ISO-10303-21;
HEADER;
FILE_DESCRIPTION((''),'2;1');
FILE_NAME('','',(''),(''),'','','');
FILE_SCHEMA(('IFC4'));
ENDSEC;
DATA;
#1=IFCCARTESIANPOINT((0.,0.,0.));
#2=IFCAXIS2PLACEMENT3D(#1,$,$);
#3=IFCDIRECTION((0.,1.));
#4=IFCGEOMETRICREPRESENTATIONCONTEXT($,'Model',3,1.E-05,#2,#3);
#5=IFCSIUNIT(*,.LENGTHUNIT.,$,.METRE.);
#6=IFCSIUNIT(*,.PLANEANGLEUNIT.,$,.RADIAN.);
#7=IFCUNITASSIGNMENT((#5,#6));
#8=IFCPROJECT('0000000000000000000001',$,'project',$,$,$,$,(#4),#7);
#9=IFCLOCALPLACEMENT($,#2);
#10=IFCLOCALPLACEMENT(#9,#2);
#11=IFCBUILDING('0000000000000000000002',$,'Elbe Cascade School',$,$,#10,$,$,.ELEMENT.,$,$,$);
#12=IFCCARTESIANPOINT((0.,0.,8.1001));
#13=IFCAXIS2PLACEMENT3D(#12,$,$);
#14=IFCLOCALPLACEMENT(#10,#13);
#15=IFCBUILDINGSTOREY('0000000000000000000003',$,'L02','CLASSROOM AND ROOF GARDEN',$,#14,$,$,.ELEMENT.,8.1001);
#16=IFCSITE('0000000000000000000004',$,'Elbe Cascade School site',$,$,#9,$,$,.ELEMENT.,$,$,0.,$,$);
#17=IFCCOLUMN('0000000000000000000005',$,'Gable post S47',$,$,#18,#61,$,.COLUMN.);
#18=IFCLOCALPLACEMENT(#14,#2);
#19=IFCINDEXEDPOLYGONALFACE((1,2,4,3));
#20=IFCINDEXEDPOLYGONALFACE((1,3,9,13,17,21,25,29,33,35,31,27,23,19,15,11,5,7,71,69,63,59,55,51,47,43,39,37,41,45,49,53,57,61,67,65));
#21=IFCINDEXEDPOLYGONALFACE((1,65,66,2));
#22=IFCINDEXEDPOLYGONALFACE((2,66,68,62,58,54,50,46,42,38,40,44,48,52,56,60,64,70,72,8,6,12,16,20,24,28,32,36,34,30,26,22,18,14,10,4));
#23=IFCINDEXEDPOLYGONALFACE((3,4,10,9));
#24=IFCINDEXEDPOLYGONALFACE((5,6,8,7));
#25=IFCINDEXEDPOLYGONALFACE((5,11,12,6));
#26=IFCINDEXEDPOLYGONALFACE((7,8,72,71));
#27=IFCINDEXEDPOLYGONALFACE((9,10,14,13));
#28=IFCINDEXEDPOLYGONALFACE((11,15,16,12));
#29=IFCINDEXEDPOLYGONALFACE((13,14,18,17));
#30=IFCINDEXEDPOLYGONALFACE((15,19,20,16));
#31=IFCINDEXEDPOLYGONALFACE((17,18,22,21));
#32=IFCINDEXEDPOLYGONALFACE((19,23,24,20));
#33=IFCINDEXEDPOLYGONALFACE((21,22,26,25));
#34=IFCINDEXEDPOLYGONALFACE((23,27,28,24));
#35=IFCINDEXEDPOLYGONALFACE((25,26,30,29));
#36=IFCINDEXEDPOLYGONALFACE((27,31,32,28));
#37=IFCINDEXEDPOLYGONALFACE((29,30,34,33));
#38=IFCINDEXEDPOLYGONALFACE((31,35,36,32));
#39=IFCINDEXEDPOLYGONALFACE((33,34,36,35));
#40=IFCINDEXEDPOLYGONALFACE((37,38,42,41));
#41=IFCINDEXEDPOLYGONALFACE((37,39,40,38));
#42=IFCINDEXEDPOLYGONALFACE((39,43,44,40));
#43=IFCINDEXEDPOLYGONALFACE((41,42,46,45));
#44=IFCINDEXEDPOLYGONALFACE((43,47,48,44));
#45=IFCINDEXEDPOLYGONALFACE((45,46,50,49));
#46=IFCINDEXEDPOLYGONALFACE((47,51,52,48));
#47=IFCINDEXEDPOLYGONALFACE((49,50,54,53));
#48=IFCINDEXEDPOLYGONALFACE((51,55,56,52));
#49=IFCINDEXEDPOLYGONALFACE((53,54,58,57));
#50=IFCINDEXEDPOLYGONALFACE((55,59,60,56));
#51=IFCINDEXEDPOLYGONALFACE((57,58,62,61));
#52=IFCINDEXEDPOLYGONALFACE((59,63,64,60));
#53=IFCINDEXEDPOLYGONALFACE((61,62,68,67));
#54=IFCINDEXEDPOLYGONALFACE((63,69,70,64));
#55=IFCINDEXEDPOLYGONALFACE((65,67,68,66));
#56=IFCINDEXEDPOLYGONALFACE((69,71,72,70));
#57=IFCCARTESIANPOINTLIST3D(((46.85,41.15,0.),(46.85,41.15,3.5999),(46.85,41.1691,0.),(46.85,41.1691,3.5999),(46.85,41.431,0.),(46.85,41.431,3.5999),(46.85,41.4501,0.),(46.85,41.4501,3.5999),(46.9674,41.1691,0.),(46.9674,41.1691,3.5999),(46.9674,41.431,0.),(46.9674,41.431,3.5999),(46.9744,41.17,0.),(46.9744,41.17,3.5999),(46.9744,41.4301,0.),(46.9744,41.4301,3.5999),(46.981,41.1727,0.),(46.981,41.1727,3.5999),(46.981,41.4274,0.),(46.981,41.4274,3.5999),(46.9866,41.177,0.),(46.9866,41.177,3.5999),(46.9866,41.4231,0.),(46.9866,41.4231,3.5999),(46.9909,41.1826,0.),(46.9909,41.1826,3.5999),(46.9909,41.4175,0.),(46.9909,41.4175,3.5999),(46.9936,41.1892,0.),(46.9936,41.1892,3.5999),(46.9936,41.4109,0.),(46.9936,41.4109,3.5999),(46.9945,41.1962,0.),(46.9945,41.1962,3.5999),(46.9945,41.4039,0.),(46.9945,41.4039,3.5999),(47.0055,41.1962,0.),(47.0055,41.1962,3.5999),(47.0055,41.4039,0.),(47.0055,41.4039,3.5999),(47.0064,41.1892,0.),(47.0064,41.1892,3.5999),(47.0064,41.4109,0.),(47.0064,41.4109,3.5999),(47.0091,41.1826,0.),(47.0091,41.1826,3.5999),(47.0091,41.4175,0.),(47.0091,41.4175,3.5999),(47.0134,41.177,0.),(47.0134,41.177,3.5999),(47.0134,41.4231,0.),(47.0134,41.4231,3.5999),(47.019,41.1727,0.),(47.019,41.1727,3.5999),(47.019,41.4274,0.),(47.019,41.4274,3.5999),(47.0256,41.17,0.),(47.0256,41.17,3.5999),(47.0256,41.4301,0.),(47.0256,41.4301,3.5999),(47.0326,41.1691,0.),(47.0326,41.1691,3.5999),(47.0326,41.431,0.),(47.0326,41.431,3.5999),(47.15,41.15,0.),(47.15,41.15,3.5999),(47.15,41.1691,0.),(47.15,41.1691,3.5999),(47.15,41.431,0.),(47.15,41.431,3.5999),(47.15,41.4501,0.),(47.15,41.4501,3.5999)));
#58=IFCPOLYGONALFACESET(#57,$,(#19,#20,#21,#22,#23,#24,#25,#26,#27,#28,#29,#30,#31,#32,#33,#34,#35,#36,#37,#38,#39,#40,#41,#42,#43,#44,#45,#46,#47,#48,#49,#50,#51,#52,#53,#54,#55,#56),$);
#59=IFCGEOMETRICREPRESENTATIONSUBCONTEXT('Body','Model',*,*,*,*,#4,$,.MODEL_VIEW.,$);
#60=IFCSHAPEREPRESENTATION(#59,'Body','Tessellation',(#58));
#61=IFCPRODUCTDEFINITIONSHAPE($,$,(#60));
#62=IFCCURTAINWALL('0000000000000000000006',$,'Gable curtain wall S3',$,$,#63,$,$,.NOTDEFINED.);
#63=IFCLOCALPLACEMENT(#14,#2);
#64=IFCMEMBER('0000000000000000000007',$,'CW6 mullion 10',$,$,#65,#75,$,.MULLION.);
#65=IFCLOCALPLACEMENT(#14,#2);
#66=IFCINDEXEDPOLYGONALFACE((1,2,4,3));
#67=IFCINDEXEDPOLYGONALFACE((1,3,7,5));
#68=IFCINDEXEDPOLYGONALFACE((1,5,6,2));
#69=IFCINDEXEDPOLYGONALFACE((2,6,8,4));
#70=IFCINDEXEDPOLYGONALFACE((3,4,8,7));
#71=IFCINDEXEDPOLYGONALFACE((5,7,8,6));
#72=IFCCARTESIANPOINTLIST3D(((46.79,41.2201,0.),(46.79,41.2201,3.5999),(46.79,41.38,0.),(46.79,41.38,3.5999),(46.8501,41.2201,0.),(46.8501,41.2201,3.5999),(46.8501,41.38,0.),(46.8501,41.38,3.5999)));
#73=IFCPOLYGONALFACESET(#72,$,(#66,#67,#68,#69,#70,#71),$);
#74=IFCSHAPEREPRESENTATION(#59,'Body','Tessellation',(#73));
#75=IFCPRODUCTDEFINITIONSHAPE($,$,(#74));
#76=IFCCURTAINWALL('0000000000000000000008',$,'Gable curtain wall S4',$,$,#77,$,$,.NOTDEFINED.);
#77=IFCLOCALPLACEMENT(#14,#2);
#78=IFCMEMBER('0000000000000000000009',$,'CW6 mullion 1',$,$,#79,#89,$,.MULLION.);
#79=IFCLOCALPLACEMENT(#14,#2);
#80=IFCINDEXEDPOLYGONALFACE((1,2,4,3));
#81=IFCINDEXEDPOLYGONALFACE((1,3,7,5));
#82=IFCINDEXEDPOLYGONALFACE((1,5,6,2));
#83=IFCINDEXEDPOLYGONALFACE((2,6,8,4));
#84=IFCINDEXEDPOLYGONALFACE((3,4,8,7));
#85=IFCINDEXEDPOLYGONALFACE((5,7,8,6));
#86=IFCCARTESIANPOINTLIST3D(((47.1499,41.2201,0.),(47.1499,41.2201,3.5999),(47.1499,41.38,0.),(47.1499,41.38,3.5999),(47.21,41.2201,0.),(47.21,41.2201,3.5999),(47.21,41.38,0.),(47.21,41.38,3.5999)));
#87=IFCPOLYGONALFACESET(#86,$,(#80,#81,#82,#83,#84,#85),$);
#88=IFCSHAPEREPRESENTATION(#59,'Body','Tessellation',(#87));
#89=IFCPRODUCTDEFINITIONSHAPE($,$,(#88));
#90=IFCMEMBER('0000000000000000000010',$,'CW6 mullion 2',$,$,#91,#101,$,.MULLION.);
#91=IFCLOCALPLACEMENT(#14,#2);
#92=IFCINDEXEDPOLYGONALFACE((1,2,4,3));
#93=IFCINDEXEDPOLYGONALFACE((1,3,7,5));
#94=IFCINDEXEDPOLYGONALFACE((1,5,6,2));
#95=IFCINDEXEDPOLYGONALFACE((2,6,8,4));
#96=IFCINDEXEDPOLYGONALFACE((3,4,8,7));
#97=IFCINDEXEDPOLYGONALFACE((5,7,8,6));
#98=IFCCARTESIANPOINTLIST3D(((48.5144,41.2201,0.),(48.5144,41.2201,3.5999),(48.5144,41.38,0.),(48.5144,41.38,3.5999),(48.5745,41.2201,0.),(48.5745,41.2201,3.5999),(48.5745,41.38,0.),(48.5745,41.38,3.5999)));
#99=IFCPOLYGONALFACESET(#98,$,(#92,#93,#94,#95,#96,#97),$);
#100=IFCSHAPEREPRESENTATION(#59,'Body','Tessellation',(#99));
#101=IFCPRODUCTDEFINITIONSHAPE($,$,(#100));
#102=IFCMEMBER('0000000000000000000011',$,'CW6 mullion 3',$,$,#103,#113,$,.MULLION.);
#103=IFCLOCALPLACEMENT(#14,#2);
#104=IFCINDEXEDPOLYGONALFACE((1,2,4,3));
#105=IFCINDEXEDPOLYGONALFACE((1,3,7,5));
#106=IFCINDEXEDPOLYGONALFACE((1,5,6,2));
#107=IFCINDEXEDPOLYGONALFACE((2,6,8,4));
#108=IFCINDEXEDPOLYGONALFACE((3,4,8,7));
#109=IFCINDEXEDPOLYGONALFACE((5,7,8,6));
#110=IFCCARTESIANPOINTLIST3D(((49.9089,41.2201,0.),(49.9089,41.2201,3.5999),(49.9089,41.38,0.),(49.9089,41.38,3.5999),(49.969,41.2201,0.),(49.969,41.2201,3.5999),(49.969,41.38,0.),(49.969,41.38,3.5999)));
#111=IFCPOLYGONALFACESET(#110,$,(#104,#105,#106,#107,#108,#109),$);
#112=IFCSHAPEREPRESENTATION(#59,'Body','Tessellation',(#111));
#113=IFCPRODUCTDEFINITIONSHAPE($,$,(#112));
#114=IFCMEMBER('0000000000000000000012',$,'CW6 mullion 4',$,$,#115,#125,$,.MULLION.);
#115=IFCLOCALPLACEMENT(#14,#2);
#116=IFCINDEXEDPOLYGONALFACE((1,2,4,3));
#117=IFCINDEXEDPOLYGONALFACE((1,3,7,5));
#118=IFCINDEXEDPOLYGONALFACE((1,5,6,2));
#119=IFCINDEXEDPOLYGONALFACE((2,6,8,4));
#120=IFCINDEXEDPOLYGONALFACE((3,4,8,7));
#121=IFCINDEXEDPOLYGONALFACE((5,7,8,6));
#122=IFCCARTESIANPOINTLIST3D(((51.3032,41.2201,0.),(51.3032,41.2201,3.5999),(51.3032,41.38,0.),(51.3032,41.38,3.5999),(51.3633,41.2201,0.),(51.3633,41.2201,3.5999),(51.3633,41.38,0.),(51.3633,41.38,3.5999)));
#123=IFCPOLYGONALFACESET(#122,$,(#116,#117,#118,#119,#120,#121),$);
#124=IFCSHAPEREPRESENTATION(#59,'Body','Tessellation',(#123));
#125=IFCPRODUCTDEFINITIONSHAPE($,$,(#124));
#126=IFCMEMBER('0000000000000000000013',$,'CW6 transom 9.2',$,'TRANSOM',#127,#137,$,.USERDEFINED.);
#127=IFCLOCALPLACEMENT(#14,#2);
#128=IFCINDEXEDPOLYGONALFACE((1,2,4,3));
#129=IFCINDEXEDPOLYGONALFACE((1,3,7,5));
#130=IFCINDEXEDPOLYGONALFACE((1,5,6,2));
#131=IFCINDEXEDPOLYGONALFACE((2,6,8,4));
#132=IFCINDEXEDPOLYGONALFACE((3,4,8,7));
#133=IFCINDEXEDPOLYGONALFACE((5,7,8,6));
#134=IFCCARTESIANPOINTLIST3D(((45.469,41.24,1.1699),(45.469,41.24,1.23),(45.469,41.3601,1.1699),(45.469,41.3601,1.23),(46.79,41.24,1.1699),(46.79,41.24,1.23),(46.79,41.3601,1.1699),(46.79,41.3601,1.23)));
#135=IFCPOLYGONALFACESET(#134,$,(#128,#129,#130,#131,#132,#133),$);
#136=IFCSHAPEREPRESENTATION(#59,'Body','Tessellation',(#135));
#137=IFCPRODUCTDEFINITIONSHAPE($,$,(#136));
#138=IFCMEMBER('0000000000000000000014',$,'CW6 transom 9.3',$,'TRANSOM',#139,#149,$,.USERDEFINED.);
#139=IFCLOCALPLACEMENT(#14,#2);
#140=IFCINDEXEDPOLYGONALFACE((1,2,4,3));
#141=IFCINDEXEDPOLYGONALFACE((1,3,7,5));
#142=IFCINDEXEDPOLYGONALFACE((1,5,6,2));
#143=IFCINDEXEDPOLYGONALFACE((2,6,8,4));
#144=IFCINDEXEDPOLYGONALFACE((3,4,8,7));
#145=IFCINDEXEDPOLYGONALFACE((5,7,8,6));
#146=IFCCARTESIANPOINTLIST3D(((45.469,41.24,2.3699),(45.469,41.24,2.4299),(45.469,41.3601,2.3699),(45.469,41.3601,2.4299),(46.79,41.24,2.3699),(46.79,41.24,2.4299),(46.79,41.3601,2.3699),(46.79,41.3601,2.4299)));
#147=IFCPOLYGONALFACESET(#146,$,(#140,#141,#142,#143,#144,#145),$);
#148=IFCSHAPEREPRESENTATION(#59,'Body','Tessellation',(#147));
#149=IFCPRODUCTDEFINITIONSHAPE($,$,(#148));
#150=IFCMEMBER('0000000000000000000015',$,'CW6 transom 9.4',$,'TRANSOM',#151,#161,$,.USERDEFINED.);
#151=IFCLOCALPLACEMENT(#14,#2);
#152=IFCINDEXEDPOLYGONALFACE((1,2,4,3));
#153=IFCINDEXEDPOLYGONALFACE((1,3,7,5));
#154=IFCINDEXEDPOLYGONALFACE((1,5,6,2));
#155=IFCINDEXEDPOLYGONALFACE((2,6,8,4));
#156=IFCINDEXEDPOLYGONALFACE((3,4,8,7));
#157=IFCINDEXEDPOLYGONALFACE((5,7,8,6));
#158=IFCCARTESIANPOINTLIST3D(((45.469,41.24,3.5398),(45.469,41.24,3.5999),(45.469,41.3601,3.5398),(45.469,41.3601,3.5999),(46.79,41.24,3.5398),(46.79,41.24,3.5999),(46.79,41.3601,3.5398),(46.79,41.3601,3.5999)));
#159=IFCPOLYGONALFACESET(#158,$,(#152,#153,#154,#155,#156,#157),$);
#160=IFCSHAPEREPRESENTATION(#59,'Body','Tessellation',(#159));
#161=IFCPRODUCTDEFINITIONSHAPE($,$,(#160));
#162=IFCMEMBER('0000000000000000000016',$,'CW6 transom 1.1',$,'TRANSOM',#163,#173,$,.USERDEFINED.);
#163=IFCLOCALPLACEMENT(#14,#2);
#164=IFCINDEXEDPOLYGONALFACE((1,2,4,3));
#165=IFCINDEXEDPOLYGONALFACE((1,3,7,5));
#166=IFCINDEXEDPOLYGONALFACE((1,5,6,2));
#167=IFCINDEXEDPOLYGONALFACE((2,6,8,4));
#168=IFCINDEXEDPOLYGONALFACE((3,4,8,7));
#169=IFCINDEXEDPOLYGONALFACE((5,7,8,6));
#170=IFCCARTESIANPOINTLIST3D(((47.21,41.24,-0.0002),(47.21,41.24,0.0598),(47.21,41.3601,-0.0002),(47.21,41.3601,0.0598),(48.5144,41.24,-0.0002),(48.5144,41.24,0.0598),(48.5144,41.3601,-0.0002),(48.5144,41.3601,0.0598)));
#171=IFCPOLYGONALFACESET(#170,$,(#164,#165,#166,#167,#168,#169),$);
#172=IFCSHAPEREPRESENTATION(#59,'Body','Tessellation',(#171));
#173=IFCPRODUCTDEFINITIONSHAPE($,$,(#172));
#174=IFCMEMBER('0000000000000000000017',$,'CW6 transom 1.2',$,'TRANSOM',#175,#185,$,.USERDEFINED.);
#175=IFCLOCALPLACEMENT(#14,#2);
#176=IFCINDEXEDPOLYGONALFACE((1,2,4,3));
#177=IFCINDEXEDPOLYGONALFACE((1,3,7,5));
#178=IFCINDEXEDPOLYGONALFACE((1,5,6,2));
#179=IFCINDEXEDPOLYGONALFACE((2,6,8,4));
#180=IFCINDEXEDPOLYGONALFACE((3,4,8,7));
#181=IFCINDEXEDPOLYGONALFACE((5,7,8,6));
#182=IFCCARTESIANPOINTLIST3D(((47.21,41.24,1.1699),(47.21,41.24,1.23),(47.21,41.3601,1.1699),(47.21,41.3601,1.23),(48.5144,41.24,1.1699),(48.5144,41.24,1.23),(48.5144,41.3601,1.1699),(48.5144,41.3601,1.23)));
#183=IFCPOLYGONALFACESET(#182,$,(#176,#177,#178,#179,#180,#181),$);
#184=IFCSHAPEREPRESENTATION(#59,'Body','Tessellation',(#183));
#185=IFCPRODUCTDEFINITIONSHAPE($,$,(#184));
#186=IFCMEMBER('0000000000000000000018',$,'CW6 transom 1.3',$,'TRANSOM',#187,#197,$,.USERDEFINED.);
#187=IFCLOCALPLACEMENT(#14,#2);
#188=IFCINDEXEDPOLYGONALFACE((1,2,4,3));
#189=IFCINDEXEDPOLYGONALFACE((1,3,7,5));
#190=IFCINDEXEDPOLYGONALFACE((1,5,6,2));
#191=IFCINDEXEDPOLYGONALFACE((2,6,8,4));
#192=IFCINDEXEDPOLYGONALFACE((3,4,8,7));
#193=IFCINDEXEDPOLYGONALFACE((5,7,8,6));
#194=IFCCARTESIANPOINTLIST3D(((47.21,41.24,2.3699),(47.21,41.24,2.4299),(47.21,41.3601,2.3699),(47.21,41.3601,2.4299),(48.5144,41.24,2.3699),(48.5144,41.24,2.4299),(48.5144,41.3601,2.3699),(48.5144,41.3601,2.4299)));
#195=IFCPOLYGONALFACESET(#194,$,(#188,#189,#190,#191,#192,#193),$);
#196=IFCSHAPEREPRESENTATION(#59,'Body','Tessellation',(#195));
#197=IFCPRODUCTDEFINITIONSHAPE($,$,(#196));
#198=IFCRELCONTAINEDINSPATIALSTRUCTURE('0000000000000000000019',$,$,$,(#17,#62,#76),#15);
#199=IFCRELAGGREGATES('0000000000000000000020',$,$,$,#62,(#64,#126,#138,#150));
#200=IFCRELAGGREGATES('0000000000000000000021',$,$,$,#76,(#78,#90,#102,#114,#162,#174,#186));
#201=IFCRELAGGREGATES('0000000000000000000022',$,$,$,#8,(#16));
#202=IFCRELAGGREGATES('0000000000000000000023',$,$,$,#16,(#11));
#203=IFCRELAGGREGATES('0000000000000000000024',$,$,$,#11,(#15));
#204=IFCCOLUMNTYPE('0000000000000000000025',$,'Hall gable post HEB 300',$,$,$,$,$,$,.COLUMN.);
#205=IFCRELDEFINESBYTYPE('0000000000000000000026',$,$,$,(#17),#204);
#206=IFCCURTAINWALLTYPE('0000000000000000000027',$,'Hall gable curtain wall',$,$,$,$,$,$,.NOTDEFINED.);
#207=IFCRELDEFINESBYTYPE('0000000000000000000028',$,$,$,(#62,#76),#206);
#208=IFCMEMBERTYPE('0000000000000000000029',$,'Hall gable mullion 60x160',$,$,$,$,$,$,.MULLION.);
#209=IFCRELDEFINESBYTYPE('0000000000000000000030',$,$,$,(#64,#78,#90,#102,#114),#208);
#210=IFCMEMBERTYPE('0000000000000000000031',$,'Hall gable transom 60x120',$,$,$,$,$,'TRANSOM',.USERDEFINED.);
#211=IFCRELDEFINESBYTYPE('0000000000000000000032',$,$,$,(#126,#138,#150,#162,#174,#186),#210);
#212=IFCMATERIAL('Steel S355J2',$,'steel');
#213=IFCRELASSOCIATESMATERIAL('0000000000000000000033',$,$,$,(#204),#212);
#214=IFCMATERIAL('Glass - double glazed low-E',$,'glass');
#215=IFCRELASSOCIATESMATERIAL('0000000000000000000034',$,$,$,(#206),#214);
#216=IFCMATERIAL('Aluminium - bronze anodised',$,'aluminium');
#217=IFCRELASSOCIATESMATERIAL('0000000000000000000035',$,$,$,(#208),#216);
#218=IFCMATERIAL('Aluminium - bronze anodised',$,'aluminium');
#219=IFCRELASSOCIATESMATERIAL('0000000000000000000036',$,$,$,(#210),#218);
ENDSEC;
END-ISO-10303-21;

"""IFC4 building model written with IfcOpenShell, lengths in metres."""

from ifc_helpers import new_model, si_unit, direction, frame, origin, origin_2d, place, context, subcontext, project, spatial, rectangle, i_section, extrude, material, material_profile, profile_set, type_object, element, aggregate, save


model = new_model("IFC4")

# Units and contexts
model_context = context("Model", 3, precision=1e-05, world=origin(), true_north=direction((0.0, 1.0)))
body_context = subcontext(model_context, "Body", "Model", "MODEL_VIEW")
ifc_project = project(units=[si_unit("LENGTHUNIT", "METRE"), si_unit("PLANEANGLEUNIT", "RADIAN")], contexts=[model_context])

# Site, building, storey
site_placement = place(None, origin())
site = spatial("IfcSite", under=ifc_project, at=site_placement, Name="Elbe Cascade School site", CompositionType="ELEMENT", RefElevation=0.0)
building_placement = place(site_placement, origin())
building = spatial("IfcBuilding", under=site, at=building_placement, Name="Elbe Cascade School", CompositionType="ELEMENT")
storey_placement = place(building_placement, frame((0.0, 0.0, 8.1001)))
storey = spatial("IfcBuildingStorey", under=building, at=storey_placement, Name="L02", Description="CLASSROOM AND ROOF GARDEN", CompositionType="ELEMENT", Elevation=8.1001)

# Column
ifc_material_1 = material(Name="Steel S355J2", Category="steel")
ifc_material_profile_1 = material_profile(ifc_material_1, i_section(OverallWidth=0.3, OverallDepth=0.3, WebThickness=0.011, FlangeThickness=0.019, FilletRadius=0.0271, at=origin_2d()), Name="HEB 300")
ifc_profile_set_1 = profile_set([ifc_material_profile_1], Name="Steel S355J2")
column_type = type_object("IfcColumnType", Name="Hall gable post HEB 300", PredefinedType="COLUMN", material=ifc_profile_set_1)
column_placement = place(storey_placement, frame((47.0, 41.3, 0.0), z_axis=(0.0, 0.0, 1.0), x_axis=(1.0, 0.0, 0.0)))
element("IfcColumn", 1, at=column_placement, inside=storey, type_object=column_type, Name="Gable post S47", PredefinedType="COLUMN", context=body_context, shape_type="SweptSolid", body=[
    extrude(i_section(OverallWidth=0.3, OverallDepth=0.3, WebThickness=0.011, FlangeThickness=0.019, FilletRadius=0.0271, at=origin_2d()), origin(), (0.0, 0.0, 1.0), 3.5999),
])

# Curtain wall, member
ifc_material_2 = material(Name="Glass - double glazed low-E", Category="glass")
curtain_wall_type = type_object("IfcCurtainWallType", Name="Hall gable curtain wall", PredefinedType="NOTDEFINED", material=ifc_material_2)
curtain_wall_1_placement = place(storey_placement, origin())
curtain_wall_1 = element("IfcCurtainWall", 2, at=curtain_wall_1_placement, inside=storey, type_object=curtain_wall_type, Name="Gable curtain wall S3", PredefinedType="NOTDEFINED")
ifc_material_3 = material(Name="Aluminium - bronze anodised", Category="aluminium")
ifc_material_profile_2 = material_profile(ifc_material_3, rectangle(XDim=0.1599, YDim=0.0601, at=origin_2d()), Name="Alu 60x160")
ifc_profile_set_2 = profile_set([ifc_material_profile_2], Name="Aluminium - bronze anodised")
member_type_1 = type_object("IfcMemberType", Name="Hall gable mullion 60x160", PredefinedType="MULLION", material=ifc_profile_set_2)
member_1_placement = place(storey_placement, frame((46.8201, 41.3, 0.0), z_axis=(0.0, 0.0, 1.0), x_axis=(0.0, 1.0, 0.0)))
member_1 = element("IfcMember", 3, at=member_1_placement, type_object=member_type_1, Name="CW6 mullion 10", PredefinedType="MULLION", context=body_context, shape_type="SweptSolid", body=[
    extrude(rectangle(XDim=0.1599, YDim=0.0601, at=origin_2d()), origin(), (0.0, 0.0, 1.0), 3.5999),
])

# Curtain wall, members
curtain_wall_2_placement = place(storey_placement, origin())
curtain_wall_2 = element("IfcCurtainWall", 4, at=curtain_wall_2_placement, inside=storey, type_object=curtain_wall_type, Name="Gable curtain wall S4", PredefinedType="NOTDEFINED")
member_2_placement = place(storey_placement, frame((47.1799, 41.3, 0.0), z_axis=(0.0, 0.0, 1.0), x_axis=(0.0, 1.0, 0.0)))
member_2 = element("IfcMember", 5, at=member_2_placement, type_object=member_type_1, Name="CW6 mullion 1", PredefinedType="MULLION", context=body_context, shape_type="SweptSolid", body=[
    extrude(rectangle(XDim=0.1599, YDim=0.0601, at=origin_2d()), origin(), (0.0, 0.0, 1.0), 3.5999),
])
member_3_placement = place(storey_placement, frame((48.5444, 41.3, 0.0), z_axis=(0.0, 0.0, 1.0), x_axis=(0.0, 1.0, 0.0)))
member_3 = element("IfcMember", 6, at=member_3_placement, type_object=member_type_1, Name="CW6 mullion 2", PredefinedType="MULLION", context=body_context, shape_type="SweptSolid", body=[
    extrude(rectangle(XDim=0.1599, YDim=0.0601, at=origin_2d()), origin(), (0.0, 0.0, 1.0), 3.5999),
])
member_4_placement = place(storey_placement, frame((49.939, 41.3, 0.0), z_axis=(0.0, 0.0, 1.0), x_axis=(0.0, 1.0, 0.0)))
member_4 = element("IfcMember", 7, at=member_4_placement, type_object=member_type_1, Name="CW6 mullion 3", PredefinedType="MULLION", context=body_context, shape_type="SweptSolid", body=[
    extrude(rectangle(XDim=0.1599, YDim=0.0601, at=origin_2d()), origin(), (0.0, 0.0, 1.0), 3.5999),
])
member_5_placement = place(storey_placement, frame((51.3333, 41.3, 0.0), z_axis=(0.0, 0.0, 1.0), x_axis=(0.0, 1.0, 0.0)))
member_5 = element("IfcMember", 8, at=member_5_placement, type_object=member_type_1, Name="CW6 mullion 4", PredefinedType="MULLION", context=body_context, shape_type="SweptSolid", body=[
    extrude(rectangle(XDim=0.1599, YDim=0.0601, at=origin_2d()), origin(), (0.0, 0.0, 1.0), 3.5999),
])

# Members
ifc_material_4 = material(Name="Aluminium - bronze anodised", Category="aluminium")
ifc_material_profile_3 = material_profile(ifc_material_4, rectangle(XDim=0.1201, YDim=0.0601, at=origin_2d()), Name="Alu 60x120")
ifc_profile_set_3 = profile_set([ifc_material_profile_3], Name="Aluminium - bronze anodised")
member_type_2 = type_object("IfcMemberType", Name="Hall gable transom 60x120", ElementType="TRANSOM", PredefinedType="USERDEFINED", material=ifc_profile_set_3)
member_6_placement = place(storey_placement, frame((45.469, 41.3, 1.2), z_axis=(1.0, 0.0, 0.0), x_axis=(0.0, 1.0, 0.0)))
member_6 = element("IfcMember", 9, at=member_6_placement, type_object=member_type_2, Name="CW6 transom 9.2", ObjectType="TRANSOM", PredefinedType="USERDEFINED", context=body_context, shape_type="SweptSolid", body=[
    extrude(rectangle(XDim=0.1201, YDim=0.0601, at=origin_2d()), origin(), (0.0, 0.0, 1.0), 1.321),
])
member_7_placement = place(storey_placement, frame((45.469, 41.3, 2.3999), z_axis=(1.0, 0.0, 0.0), x_axis=(0.0, 1.0, 0.0)))
member_7 = element("IfcMember", 10, at=member_7_placement, type_object=member_type_2, Name="CW6 transom 9.3", ObjectType="TRANSOM", PredefinedType="USERDEFINED", context=body_context, shape_type="SweptSolid", body=[
    extrude(rectangle(XDim=0.1201, YDim=0.0601, at=origin_2d()), origin(), (0.0, 0.0, 1.0), 1.321),
])
member_8_placement = place(storey_placement, frame((45.469, 41.3, 3.5698), z_axis=(1.0, 0.0, 0.0), x_axis=(0.0, 1.0, 0.0)))
member_8 = element("IfcMember", 11, at=member_8_placement, type_object=member_type_2, Name="CW6 transom 9.4", ObjectType="TRANSOM", PredefinedType="USERDEFINED", context=body_context, shape_type="SweptSolid", body=[
    extrude(rectangle(XDim=0.1201, YDim=0.0601, at=origin_2d()), origin(), (0.0, 0.0, 1.0), 1.321),
])
member_9_placement = place(storey_placement, frame((47.21, 41.3, 0.0298), z_axis=(1.0, 0.0, 0.0), x_axis=(0.0, 1.0, 0.0)))
member_9 = element("IfcMember", 12, at=member_9_placement, type_object=member_type_2, Name="CW6 transom 1.1", ObjectType="TRANSOM", PredefinedType="USERDEFINED", context=body_context, shape_type="SweptSolid", body=[
    extrude(rectangle(XDim=0.1201, YDim=0.0601, at=origin_2d()), origin(), (0.0, 0.0, 1.0), 1.3044),
])
member_10_placement = place(storey_placement, frame((47.21, 41.3, 1.2), z_axis=(1.0, 0.0, 0.0), x_axis=(0.0, 1.0, 0.0)))
member_10 = element("IfcMember", 13, at=member_10_placement, type_object=member_type_2, Name="CW6 transom 1.2", ObjectType="TRANSOM", PredefinedType="USERDEFINED", context=body_context, shape_type="SweptSolid", body=[
    extrude(rectangle(XDim=0.1201, YDim=0.0601, at=origin_2d()), origin(), (0.0, 0.0, 1.0), 1.3044),
])
member_11_placement = place(storey_placement, frame((47.21, 41.3, 2.3999), z_axis=(1.0, 0.0, 0.0), x_axis=(0.0, 1.0, 0.0)))
member_11 = element("IfcMember", 14, at=member_11_placement, type_object=member_type_2, Name="CW6 transom 1.3", ObjectType="TRANSOM", PredefinedType="USERDEFINED", context=body_context, shape_type="SweptSolid", body=[
    extrude(rectangle(XDim=0.1201, YDim=0.0601, at=origin_2d()), origin(), (0.0, 0.0, 1.0), 1.3044),
])

aggregate(curtain_wall_1, [member_1, member_6, member_7, member_8])
aggregate(curtain_wall_2, [member_2, member_3, member_4, member_5, member_9, member_10, member_11])

save(model, "model.ifc")
